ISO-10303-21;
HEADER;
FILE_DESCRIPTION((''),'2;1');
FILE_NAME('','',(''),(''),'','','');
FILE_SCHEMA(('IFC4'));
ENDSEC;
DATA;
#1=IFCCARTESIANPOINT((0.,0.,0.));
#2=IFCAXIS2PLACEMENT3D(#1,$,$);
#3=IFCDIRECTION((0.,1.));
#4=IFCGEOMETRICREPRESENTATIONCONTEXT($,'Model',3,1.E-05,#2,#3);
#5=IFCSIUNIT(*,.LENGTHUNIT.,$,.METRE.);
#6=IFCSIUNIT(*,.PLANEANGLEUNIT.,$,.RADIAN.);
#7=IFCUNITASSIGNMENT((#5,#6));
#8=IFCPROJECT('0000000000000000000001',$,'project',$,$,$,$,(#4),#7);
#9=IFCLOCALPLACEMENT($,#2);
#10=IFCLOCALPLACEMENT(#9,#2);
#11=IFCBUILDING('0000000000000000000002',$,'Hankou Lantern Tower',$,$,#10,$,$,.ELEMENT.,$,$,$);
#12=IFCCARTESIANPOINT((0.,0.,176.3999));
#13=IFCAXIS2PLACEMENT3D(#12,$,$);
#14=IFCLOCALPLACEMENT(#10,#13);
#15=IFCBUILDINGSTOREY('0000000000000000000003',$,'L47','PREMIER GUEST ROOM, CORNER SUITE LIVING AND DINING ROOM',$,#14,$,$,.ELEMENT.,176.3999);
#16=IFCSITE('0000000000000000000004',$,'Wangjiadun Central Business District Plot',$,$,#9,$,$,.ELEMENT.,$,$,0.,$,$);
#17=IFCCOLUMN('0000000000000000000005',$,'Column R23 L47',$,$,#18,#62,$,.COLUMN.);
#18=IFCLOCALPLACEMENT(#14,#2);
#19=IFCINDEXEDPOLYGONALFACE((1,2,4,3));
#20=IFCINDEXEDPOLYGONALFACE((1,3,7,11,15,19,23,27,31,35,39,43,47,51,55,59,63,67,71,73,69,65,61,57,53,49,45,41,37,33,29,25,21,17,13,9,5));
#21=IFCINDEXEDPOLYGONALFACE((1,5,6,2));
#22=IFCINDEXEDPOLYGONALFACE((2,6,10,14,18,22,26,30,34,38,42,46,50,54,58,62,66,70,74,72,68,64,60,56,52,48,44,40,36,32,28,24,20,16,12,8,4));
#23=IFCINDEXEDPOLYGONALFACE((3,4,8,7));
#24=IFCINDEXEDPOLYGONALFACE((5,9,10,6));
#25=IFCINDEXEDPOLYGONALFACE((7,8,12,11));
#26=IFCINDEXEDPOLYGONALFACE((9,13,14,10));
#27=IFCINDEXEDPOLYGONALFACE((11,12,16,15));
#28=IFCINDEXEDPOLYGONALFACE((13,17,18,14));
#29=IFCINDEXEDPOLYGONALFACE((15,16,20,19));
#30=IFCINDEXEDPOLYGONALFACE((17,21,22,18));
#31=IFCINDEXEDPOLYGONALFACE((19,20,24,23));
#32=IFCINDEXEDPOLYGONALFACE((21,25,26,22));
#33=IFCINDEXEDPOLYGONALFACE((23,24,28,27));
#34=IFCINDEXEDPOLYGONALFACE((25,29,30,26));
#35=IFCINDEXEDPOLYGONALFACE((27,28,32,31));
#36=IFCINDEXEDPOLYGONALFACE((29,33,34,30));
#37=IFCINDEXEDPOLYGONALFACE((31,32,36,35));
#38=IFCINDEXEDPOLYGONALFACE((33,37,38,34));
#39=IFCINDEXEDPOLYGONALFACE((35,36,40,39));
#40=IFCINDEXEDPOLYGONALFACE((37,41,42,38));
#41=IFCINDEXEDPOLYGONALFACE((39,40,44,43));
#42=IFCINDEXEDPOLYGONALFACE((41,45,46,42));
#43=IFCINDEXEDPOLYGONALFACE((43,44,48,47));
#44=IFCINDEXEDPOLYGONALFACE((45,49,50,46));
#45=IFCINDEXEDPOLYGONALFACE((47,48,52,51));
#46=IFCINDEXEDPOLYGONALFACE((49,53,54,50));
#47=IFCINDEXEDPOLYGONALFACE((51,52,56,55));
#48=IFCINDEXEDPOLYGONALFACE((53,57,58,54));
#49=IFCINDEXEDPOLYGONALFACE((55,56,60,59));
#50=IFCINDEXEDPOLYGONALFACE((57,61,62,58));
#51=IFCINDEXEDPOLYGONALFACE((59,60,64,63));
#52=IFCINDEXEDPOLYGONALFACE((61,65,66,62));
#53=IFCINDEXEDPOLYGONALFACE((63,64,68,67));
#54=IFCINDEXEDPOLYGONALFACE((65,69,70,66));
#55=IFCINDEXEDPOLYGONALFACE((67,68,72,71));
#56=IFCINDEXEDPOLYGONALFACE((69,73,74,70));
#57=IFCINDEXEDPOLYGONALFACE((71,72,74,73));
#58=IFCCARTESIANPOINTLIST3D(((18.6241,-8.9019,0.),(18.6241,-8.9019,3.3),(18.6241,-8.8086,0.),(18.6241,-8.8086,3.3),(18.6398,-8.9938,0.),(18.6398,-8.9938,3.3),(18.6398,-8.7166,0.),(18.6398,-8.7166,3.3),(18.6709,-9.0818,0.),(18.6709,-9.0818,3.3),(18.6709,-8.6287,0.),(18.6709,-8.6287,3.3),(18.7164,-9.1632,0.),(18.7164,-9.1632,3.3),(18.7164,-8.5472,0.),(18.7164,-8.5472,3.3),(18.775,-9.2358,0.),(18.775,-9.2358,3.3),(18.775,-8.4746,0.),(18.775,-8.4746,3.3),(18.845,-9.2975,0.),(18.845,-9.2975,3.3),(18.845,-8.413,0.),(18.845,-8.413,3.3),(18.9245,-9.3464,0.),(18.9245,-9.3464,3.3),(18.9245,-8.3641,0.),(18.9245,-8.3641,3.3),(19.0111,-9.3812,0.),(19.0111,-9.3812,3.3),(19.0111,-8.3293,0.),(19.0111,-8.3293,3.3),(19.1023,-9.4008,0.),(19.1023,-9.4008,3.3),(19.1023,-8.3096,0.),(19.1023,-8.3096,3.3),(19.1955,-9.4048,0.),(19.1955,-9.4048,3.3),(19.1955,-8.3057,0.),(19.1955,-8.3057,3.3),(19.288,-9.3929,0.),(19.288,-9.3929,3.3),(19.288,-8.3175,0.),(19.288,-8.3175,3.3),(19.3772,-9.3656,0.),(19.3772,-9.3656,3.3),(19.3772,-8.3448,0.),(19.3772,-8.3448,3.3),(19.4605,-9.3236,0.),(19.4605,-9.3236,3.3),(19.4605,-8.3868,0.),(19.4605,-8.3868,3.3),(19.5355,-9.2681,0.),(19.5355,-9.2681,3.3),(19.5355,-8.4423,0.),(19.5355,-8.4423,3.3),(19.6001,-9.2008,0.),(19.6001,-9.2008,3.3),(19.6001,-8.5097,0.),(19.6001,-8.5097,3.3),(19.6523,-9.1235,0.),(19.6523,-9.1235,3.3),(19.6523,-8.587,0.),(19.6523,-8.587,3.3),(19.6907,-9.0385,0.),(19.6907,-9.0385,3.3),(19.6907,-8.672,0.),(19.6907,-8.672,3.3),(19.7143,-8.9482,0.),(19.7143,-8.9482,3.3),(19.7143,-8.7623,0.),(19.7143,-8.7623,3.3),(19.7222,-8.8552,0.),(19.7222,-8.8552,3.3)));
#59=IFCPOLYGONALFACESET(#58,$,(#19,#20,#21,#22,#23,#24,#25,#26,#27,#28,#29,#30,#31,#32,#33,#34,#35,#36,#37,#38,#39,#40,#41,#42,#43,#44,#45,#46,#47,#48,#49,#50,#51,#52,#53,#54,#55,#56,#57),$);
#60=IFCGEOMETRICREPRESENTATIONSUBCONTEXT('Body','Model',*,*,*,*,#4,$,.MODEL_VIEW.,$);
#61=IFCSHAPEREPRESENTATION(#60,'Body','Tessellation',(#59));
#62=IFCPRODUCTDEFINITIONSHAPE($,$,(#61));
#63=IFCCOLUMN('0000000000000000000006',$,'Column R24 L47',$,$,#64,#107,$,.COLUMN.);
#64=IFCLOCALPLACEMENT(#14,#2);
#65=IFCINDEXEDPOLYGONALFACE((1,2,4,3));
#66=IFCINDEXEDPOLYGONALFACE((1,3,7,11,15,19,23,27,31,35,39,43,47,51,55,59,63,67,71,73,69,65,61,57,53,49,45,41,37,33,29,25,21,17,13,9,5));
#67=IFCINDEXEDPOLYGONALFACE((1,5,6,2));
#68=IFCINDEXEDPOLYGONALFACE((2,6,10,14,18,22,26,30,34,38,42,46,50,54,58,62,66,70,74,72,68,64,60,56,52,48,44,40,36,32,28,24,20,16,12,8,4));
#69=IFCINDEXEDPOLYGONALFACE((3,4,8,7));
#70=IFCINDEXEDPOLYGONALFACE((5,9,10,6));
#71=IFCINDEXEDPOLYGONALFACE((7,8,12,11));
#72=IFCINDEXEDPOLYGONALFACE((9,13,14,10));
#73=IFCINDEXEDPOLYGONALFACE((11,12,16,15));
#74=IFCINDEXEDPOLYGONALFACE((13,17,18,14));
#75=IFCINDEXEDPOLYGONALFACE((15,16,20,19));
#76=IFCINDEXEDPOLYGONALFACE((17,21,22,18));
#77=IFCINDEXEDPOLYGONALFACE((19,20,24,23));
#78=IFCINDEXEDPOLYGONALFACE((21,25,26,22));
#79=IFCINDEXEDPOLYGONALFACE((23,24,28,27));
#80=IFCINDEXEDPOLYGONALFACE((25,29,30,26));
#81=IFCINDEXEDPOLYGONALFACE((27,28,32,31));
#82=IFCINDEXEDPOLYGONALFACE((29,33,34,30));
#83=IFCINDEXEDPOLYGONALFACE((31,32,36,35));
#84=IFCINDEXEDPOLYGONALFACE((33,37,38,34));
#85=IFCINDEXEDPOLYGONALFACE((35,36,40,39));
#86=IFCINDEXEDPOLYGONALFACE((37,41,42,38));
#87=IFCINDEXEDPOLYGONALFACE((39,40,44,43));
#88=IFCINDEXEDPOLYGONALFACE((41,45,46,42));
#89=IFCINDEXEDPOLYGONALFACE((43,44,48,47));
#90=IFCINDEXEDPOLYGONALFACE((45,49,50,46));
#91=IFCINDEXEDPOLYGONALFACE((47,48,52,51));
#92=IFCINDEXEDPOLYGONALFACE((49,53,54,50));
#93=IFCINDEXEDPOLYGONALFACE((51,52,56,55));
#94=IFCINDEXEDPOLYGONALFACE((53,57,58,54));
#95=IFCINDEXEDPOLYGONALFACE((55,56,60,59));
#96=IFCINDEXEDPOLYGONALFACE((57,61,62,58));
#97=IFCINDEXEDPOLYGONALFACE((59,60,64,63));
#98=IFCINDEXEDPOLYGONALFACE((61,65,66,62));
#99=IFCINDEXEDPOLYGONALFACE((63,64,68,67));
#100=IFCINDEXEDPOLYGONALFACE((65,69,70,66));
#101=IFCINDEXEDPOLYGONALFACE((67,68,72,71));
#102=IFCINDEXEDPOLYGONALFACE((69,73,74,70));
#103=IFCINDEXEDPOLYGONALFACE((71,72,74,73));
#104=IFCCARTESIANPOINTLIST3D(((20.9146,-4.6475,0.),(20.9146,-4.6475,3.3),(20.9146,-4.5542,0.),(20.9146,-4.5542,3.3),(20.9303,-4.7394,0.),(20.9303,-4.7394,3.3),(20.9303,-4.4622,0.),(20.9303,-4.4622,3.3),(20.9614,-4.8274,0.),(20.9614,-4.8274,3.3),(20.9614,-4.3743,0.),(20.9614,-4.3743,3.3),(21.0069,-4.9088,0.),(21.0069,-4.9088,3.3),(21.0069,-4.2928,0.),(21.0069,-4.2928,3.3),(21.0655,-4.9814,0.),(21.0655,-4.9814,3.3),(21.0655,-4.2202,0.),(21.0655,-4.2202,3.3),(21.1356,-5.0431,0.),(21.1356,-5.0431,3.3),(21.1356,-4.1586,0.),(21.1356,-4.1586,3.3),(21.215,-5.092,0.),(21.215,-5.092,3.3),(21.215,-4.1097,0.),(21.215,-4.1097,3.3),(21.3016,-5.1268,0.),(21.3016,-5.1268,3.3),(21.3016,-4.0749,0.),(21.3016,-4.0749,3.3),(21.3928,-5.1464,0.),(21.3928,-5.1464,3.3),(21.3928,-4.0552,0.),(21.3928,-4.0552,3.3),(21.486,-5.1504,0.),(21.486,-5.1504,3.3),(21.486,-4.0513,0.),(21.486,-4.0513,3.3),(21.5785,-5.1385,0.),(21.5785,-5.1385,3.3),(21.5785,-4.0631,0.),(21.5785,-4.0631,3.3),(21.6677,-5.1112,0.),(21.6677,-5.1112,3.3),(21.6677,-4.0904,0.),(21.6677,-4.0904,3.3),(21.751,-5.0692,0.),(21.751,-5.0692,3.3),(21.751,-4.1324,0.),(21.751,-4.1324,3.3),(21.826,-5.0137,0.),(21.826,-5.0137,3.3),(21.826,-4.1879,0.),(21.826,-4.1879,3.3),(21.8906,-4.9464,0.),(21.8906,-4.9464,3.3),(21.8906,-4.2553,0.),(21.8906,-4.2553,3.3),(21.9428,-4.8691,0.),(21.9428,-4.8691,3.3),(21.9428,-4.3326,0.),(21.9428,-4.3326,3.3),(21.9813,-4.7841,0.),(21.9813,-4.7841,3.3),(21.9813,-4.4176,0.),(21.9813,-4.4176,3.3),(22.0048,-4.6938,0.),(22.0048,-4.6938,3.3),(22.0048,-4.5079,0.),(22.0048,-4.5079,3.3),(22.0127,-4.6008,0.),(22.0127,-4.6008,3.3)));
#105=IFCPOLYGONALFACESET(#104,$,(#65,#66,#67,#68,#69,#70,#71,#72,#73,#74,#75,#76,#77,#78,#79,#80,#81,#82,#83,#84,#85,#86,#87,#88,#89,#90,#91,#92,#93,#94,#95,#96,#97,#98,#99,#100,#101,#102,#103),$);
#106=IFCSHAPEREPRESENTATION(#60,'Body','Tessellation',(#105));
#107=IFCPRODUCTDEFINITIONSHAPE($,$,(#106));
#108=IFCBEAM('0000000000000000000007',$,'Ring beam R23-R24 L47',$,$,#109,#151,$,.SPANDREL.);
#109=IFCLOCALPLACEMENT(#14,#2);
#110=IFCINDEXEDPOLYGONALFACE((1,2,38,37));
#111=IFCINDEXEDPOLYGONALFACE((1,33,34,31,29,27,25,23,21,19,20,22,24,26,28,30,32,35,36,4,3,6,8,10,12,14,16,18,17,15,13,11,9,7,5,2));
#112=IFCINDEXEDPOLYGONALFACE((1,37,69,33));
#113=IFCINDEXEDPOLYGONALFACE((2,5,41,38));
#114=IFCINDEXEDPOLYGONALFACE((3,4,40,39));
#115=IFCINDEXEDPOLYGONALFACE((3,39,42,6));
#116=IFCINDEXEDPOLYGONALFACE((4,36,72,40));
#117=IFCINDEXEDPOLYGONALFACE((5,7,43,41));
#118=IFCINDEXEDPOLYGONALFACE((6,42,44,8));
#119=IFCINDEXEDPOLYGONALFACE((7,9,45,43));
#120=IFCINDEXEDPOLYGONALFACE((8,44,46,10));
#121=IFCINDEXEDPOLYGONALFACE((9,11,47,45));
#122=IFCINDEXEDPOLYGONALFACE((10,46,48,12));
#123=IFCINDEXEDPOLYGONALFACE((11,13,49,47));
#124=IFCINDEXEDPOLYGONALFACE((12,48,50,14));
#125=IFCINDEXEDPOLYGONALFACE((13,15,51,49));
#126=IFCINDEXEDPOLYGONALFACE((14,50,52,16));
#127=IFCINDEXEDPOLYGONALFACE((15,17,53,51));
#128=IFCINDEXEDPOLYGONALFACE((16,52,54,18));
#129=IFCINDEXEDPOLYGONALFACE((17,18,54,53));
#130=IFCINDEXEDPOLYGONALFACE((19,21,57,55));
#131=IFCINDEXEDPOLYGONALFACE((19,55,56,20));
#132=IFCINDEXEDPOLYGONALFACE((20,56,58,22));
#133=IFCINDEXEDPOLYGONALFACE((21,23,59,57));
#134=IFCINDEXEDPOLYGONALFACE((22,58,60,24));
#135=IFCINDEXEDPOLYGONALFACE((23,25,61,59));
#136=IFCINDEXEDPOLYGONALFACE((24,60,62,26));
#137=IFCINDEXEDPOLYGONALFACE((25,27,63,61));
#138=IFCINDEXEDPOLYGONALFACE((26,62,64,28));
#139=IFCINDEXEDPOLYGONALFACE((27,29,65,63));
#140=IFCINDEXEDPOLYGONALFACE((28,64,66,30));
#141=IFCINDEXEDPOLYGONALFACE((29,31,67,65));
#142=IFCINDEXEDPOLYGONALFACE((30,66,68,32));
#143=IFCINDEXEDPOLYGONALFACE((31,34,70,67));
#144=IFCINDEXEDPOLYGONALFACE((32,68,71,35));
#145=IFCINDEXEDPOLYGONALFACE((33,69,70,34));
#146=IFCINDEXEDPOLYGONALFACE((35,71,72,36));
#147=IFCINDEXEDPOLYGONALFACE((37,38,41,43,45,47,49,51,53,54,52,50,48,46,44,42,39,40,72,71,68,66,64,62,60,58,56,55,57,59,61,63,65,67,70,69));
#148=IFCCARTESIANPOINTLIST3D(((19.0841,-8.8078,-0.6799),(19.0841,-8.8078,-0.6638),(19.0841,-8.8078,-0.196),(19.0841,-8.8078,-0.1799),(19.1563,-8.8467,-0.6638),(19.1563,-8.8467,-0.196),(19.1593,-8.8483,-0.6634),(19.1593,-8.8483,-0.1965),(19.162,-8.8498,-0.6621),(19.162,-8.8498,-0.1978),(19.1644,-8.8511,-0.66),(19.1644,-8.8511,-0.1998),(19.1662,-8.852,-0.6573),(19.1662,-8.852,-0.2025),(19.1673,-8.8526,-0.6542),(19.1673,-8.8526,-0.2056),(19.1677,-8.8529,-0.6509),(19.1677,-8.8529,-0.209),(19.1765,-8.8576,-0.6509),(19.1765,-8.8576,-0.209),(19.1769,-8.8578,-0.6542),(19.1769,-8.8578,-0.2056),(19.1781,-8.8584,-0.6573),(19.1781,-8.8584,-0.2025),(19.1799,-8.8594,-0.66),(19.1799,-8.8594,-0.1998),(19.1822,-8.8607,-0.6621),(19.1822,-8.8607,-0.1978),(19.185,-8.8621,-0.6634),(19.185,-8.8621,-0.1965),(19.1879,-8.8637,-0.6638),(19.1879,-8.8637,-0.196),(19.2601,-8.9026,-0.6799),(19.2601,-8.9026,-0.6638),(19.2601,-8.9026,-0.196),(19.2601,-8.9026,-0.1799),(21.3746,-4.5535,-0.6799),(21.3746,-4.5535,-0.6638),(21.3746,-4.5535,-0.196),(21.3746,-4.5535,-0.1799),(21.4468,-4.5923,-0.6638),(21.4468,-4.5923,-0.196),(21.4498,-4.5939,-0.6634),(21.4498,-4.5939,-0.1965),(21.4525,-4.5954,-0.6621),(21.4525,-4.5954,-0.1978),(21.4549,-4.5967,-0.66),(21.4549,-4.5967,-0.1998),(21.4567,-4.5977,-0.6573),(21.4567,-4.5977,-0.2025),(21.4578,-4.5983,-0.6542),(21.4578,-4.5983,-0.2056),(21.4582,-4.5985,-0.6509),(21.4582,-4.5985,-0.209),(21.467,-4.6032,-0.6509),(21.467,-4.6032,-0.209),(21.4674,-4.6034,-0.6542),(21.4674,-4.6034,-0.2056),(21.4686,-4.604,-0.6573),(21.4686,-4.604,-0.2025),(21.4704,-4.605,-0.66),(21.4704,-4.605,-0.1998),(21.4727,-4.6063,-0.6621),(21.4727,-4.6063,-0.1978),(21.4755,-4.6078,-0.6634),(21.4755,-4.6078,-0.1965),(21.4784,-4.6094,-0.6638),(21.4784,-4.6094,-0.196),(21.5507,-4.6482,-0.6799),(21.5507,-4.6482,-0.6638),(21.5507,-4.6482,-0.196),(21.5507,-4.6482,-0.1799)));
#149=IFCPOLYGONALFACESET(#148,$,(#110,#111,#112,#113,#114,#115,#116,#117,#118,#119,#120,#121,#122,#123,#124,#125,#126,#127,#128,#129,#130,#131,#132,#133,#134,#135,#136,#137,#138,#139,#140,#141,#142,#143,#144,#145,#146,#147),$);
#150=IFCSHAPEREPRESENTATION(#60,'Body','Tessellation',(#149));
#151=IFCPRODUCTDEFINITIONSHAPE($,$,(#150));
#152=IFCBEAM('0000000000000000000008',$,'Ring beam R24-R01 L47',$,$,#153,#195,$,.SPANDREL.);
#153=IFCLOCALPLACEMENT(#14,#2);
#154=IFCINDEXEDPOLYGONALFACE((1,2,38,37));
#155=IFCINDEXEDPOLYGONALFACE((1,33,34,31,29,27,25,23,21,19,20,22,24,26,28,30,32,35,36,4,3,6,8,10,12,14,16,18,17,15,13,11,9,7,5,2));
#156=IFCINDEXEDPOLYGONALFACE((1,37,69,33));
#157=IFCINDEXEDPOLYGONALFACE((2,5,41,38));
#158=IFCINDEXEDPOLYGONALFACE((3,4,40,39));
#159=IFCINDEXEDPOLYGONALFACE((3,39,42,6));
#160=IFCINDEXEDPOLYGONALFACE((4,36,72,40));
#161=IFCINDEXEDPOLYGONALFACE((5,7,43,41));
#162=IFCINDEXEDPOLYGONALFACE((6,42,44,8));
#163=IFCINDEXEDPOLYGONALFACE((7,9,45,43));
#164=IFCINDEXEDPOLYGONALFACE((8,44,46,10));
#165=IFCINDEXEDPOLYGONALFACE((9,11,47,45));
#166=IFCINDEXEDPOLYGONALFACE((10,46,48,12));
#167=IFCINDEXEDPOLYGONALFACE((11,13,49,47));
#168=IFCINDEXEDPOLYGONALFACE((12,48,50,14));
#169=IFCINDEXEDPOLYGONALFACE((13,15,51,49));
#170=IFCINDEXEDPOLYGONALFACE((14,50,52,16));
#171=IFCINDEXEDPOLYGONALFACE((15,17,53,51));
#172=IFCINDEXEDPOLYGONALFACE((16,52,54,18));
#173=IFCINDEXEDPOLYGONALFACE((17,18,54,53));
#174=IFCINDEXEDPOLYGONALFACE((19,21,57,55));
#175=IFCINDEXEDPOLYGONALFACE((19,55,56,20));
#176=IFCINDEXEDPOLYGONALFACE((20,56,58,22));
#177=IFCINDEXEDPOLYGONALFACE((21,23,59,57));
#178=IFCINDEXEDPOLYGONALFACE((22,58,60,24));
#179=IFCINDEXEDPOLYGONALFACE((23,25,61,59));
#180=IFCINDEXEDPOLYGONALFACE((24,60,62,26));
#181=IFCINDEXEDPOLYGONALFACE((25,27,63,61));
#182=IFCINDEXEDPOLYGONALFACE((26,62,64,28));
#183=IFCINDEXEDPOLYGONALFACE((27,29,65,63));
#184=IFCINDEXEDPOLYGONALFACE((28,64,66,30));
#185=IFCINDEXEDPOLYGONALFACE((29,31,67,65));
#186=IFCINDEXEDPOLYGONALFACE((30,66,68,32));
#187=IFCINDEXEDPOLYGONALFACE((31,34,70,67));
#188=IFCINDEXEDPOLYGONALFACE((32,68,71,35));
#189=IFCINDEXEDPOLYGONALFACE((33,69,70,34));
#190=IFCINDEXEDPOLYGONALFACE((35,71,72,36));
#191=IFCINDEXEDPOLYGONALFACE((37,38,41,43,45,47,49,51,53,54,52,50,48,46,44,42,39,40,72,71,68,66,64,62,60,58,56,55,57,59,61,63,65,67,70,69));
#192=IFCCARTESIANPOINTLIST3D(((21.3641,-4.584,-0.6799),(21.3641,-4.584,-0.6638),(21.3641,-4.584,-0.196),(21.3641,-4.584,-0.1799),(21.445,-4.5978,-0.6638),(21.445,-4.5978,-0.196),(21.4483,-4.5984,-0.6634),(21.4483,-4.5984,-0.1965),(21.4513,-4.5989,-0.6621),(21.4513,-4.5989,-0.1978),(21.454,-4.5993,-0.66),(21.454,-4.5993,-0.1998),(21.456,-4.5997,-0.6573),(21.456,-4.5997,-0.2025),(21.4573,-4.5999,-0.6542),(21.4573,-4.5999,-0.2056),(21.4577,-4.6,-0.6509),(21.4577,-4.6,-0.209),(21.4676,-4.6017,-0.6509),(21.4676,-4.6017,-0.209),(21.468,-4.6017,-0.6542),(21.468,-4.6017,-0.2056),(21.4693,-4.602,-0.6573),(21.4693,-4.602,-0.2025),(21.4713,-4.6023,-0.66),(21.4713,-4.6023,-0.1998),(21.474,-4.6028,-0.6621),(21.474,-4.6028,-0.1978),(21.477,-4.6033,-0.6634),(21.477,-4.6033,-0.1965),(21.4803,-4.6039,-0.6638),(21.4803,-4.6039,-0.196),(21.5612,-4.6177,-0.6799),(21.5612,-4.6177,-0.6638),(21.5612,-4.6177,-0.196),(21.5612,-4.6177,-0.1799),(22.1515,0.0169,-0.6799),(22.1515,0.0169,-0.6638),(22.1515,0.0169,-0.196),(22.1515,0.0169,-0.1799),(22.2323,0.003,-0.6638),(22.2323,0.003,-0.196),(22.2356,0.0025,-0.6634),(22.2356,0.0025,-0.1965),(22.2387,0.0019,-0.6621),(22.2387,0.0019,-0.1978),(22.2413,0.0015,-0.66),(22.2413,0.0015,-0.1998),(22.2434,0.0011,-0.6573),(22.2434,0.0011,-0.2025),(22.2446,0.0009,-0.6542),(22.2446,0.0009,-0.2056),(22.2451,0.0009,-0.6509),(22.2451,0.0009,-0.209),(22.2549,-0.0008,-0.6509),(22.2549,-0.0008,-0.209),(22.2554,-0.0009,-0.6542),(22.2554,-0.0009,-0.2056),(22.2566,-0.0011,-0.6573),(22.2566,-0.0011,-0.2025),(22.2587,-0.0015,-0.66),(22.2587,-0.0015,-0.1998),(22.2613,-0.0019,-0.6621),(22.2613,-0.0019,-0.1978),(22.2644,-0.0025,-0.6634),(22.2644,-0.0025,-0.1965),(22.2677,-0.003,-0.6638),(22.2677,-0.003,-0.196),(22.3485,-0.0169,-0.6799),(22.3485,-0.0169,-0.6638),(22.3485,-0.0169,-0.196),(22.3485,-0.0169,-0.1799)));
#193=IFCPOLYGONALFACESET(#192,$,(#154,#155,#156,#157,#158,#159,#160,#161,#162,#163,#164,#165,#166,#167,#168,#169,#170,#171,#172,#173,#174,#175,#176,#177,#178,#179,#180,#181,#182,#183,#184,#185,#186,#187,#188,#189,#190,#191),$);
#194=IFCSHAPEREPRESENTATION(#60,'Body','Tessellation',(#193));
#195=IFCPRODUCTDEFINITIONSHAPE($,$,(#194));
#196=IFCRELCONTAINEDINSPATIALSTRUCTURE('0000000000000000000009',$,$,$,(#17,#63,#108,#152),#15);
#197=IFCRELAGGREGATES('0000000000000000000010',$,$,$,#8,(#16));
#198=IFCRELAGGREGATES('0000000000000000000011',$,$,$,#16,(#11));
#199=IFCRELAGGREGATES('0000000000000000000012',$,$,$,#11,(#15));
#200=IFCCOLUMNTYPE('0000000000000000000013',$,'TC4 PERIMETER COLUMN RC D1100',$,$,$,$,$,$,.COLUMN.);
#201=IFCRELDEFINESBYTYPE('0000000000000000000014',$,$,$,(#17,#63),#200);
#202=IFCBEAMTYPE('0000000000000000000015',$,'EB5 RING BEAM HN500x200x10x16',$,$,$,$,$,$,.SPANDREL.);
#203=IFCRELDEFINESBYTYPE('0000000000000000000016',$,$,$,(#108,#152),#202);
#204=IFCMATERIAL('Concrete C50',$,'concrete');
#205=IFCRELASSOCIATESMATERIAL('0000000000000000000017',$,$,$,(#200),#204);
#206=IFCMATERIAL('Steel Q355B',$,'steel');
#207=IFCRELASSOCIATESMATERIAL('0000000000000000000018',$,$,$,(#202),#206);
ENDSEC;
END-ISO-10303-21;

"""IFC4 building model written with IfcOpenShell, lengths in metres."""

from ifc_helpers import new_model, si_unit, direction, frame, origin, origin_2d, place, context, subcontext, project, spatial, circle, i_section, extrude, material, material_profile, profile_set, type_object, element, save


model = new_model("IFC4")

# Units and contexts
model_context = context("Model", 3, precision=1e-05, world=origin(), true_north=direction((0.0, 1.0)))
body_context = subcontext(model_context, "Body", "Model", "MODEL_VIEW")
ifc_project = project(units=[si_unit("LENGTHUNIT", "METRE"), si_unit("PLANEANGLEUNIT", "RADIAN")], contexts=[model_context])

# Site, building, storey
site_placement = place(None, origin())
site = spatial("IfcSite", under=ifc_project, at=site_placement, Name="Wangjiadun Central Business District Plot", CompositionType="ELEMENT", RefElevation=0.0)
building_placement = place(site_placement, origin())
building = spatial("IfcBuilding", under=site, at=building_placement, Name="Hankou Lantern Tower", CompositionType="ELEMENT")
storey_placement = place(building_placement, frame((0.0, 0.0, 176.3999)))
storey = spatial("IfcBuildingStorey", under=building, at=storey_placement, Name="L47", Description="PREMIER GUEST ROOM, CORNER SUITE LIVING AND DINING ROOM", CompositionType="ELEMENT", Elevation=176.3999)

# Columns
ifc_material_1 = material(Name="Concrete C50", Category="concrete")
ifc_material_profile_1 = material_profile(ifc_material_1, circle(Radius=0.55, at=origin_2d()), Name="RC D1100")
ifc_profile_set_1 = profile_set([ifc_material_profile_1], Name="Concrete C50")
column_type = type_object("IfcColumnType", Name="TC4 PERIMETER COLUMN RC D1100", PredefinedType="COLUMN", material=ifc_profile_set_1)
for number, where, z_axis, x_axis, name in (
    (1, (19.1721, -8.8552, 0.0), (0.0, 0.0, 1.0), (1.0, 0.0, 0.0), "Column R23 L47"),
    (2, (21.4626, -4.6008, 0.0), (0.0, 0.0, 1.0), (1.0, 0.0, 0.0), "Column R24 L47"),
):
    element("IfcColumn", number, at=place(storey_placement, frame(where, z_axis=z_axis, x_axis=x_axis)), inside=storey, type_object=column_type, Name=name, PredefinedType="COLUMN", context=body_context, shape_type="SweptSolid", body=[
        extrude(circle(Radius=0.55, at=origin_2d()), origin(), (0.0, 0.0, 1.0), 3.3),
    ])

# Beams
ifc_material_2 = material(Name="Steel Q355B", Category="steel")
ifc_material_profile_2 = material_profile(ifc_material_2, i_section(OverallWidth=0.2, OverallDepth=0.5, WebThickness=0.01, FlangeThickness=0.0161, FilletRadius=0.0129, at=origin_2d()), Name="HN500x200x10x16")
ifc_profile_set_2 = profile_set([ifc_material_profile_2], Name="Steel Q355B")
beam_type_1 = type_object("IfcBeamType", Name="EB5 RING BEAM HN500x200x10x16", PredefinedType="SPANDREL", material=ifc_profile_set_2)
beam_1_placement = place(storey_placement, frame((19.1721, -8.8552, -0.4299), z_axis=(0.474052, 0.880497, 0.0), x_axis=(-0.880497, 0.474052, 0.0)))
element("IfcBeam", 3, at=beam_1_placement, inside=storey, type_object=beam_type_1, Name="Ring beam R23-R24 L47", PredefinedType="SPANDREL", context=body_context, shape_type="SweptSolid", body=[
    extrude(i_section(OverallWidth=0.2, OverallDepth=0.5, WebThickness=0.01, FlangeThickness=0.0161, FilletRadius=0.0129, at=origin_2d()), origin(), (0.0, 0.0, 1.0), 4.8318),
])
beam_2_placement = place(storey_placement, frame((21.4626, -4.6008, -0.4299), z_axis=(0.168681, 0.985671, 0.0), x_axis=(-0.985671, 0.168681, 0.0)))
element("IfcBeam", 4, at=beam_2_placement, inside=storey, type_object=beam_type_1, Name="Ring beam R24-R01 L47", PredefinedType="SPANDREL", context=body_context, shape_type="SweptSolid", body=[
    extrude(i_section(OverallWidth=0.2, OverallDepth=0.5, WebThickness=0.01, FlangeThickness=0.0161, FilletRadius=0.0129, at=origin_2d()), origin(), (0.0, 0.0, 1.0), 4.6677),
])

save(model, "model.ifc")
